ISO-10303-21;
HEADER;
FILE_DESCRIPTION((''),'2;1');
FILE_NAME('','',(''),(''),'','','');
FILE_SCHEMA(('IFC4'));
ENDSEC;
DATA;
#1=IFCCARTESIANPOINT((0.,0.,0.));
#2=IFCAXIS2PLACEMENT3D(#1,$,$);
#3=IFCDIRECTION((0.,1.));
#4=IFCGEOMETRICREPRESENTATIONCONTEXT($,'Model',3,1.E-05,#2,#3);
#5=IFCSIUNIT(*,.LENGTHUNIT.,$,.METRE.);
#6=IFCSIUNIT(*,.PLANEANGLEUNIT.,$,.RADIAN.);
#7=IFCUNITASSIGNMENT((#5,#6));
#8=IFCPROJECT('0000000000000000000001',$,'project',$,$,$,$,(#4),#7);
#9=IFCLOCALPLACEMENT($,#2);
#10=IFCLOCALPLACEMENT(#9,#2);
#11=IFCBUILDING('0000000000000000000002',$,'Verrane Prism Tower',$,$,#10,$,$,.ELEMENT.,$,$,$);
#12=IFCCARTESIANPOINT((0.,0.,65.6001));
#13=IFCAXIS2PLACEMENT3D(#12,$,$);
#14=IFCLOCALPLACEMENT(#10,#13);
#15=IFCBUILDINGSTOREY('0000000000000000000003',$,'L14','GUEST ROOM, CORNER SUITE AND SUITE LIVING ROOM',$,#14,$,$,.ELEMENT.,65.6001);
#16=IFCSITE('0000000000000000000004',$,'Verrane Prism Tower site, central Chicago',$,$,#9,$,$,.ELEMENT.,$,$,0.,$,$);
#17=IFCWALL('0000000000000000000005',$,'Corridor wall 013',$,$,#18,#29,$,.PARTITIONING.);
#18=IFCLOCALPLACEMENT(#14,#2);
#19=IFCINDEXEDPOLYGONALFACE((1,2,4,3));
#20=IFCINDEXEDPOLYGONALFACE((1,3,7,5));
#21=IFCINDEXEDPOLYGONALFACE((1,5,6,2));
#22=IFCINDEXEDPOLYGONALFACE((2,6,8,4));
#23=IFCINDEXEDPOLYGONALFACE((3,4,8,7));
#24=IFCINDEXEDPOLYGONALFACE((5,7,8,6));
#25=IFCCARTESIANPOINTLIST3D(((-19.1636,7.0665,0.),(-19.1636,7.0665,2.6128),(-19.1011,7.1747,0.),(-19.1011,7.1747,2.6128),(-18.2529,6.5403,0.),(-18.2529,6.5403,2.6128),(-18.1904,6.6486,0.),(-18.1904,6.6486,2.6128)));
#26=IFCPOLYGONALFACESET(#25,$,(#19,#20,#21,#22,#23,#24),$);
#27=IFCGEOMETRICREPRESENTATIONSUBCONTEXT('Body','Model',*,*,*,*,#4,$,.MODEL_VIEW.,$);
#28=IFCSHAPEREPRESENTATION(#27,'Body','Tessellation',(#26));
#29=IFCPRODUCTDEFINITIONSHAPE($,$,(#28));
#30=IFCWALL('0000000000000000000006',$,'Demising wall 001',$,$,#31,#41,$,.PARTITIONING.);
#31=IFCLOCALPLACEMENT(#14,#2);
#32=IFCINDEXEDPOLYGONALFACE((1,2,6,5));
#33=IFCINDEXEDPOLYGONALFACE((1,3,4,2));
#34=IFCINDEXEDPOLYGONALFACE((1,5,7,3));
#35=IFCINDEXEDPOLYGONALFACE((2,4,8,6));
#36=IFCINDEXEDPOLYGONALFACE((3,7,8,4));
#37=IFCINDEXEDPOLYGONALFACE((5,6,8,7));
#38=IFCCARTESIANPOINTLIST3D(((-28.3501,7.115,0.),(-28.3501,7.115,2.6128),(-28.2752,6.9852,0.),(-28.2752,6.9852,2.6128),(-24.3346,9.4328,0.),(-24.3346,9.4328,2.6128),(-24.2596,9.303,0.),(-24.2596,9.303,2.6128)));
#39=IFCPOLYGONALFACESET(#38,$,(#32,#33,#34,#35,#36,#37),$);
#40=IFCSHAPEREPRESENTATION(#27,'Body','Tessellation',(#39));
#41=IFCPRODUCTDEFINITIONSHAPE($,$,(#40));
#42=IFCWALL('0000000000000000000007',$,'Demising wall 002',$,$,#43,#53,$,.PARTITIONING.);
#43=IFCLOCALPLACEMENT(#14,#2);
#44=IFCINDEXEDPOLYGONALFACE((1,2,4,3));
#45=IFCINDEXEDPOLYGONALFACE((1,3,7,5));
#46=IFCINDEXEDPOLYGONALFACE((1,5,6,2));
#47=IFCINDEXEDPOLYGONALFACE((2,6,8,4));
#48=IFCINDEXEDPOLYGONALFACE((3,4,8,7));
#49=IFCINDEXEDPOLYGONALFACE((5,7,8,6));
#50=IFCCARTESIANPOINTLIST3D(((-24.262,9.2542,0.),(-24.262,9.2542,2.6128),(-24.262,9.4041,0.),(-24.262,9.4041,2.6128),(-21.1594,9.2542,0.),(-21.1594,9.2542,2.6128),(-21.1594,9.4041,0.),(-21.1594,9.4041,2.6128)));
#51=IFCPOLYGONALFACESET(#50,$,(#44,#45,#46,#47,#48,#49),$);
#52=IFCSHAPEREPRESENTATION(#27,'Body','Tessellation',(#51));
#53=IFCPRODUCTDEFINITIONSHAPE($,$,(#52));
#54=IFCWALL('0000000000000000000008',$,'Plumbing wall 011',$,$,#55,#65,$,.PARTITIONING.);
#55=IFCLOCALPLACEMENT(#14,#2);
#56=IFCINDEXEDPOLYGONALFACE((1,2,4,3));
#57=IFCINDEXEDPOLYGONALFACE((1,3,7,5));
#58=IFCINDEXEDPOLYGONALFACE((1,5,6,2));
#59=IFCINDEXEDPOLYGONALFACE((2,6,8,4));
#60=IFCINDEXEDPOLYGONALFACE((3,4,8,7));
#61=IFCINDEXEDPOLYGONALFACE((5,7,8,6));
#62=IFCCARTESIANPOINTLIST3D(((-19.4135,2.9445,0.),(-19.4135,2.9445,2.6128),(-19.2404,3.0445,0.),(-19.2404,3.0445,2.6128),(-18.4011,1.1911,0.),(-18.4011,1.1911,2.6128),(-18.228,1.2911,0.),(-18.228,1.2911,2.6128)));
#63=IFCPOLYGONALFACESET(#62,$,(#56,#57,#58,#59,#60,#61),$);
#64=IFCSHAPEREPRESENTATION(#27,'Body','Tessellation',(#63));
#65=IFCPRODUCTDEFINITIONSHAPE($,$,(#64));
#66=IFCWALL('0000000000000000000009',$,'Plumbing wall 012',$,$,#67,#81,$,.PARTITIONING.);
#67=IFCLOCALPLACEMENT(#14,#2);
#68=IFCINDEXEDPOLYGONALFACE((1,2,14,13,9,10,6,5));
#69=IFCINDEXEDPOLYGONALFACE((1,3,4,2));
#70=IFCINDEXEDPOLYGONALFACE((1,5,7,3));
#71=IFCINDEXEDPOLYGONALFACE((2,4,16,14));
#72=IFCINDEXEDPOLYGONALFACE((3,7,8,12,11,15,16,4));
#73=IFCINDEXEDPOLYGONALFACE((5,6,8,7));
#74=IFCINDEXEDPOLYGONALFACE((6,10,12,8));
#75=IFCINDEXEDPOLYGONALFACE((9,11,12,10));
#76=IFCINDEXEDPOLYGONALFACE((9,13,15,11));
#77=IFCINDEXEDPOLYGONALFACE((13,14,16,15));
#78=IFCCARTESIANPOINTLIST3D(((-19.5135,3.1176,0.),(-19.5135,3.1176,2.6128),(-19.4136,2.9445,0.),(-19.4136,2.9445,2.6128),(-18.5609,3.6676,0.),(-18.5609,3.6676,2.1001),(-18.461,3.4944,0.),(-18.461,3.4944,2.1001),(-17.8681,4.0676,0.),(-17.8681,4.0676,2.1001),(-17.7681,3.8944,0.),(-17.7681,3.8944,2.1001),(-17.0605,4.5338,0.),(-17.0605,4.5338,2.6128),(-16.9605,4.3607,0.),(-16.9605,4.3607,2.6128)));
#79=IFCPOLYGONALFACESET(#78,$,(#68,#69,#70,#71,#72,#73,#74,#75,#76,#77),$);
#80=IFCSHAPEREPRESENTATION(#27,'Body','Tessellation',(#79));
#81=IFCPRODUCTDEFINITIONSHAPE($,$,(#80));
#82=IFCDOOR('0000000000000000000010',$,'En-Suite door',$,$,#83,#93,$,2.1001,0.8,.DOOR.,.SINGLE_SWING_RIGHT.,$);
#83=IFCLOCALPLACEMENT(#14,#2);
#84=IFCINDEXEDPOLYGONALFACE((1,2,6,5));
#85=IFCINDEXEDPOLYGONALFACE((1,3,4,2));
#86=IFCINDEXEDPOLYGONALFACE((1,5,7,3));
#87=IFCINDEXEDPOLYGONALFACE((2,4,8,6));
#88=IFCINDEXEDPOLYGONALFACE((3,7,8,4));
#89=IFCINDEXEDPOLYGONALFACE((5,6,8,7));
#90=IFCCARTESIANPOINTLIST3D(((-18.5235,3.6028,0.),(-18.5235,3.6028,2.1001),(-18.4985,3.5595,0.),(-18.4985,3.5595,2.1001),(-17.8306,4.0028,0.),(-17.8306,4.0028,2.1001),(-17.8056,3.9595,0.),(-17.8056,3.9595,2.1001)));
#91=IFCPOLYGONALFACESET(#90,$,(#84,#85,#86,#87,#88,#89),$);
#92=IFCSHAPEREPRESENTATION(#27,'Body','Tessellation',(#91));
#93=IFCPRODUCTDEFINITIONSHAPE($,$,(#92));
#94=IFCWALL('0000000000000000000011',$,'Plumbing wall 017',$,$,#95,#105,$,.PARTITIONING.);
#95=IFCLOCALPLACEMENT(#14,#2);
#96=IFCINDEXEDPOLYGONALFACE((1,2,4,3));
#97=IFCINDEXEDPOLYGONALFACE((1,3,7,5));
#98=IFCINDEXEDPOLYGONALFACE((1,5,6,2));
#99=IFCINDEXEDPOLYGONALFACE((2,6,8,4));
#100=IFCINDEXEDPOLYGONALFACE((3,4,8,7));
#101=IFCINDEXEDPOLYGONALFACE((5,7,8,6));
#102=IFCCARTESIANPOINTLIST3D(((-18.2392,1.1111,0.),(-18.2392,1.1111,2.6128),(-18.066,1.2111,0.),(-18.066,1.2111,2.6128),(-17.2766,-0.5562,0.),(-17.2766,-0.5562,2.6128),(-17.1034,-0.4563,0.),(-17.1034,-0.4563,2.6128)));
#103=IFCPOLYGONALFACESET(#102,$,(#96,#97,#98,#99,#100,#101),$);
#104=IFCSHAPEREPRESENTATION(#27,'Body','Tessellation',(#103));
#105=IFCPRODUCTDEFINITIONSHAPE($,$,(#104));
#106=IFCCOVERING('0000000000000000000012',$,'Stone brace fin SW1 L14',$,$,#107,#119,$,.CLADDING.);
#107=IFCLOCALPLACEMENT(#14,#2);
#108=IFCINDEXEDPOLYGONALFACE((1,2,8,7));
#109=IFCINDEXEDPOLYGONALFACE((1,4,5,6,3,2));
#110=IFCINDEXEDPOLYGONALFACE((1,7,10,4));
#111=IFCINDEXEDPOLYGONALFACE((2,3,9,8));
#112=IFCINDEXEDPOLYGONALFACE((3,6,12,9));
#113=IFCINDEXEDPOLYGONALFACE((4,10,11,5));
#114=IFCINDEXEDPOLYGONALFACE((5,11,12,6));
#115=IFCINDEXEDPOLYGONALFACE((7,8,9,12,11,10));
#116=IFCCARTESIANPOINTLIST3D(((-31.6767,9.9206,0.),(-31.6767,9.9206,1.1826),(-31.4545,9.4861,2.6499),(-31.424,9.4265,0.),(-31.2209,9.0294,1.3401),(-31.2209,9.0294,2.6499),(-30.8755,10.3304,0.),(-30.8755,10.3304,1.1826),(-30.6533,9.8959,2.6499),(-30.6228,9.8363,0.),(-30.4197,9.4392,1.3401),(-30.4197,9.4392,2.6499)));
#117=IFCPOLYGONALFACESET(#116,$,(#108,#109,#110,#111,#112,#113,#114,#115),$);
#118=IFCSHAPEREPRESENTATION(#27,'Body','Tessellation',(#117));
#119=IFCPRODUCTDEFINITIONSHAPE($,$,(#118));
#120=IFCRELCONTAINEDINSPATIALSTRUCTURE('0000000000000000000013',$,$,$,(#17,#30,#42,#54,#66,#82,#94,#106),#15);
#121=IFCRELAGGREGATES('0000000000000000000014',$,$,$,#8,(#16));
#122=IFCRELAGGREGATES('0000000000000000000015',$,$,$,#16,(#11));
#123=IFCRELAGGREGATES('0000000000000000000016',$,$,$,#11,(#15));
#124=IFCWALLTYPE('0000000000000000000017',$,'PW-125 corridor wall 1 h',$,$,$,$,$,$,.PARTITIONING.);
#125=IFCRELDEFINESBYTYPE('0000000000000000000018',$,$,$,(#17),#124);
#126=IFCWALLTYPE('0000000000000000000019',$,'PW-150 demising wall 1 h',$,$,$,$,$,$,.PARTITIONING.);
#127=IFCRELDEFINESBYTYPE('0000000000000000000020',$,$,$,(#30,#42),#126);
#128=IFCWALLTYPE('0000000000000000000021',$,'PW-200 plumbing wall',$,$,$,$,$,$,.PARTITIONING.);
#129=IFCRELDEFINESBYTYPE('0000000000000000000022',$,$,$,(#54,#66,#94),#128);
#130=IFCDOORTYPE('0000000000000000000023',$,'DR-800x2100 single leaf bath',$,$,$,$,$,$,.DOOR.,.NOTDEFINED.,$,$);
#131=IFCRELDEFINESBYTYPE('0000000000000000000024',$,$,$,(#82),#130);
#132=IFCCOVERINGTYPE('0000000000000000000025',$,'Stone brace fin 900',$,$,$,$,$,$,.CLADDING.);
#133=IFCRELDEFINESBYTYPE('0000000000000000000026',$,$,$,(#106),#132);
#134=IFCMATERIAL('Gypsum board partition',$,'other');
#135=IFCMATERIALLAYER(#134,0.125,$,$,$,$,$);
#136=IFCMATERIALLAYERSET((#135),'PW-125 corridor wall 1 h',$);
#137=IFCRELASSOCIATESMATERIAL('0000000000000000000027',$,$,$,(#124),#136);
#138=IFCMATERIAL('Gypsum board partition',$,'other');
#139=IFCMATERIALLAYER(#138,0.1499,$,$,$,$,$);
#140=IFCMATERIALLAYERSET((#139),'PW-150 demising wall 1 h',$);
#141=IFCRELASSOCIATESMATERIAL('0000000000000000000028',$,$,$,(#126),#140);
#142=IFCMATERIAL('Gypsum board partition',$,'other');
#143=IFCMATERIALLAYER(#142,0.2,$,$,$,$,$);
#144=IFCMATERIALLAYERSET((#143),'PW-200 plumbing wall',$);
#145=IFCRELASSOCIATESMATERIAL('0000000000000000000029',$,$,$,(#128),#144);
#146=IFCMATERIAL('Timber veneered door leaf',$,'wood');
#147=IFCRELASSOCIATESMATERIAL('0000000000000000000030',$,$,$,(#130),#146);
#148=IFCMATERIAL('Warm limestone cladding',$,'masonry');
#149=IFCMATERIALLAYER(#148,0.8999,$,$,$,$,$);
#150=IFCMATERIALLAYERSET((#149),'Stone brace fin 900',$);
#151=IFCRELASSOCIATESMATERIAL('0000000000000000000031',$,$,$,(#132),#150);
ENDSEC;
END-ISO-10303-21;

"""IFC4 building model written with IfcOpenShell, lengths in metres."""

from ifc_helpers import new_model, si_unit, direction, frame, frame_2d, origin, place, context, subcontext, project, spatial, polyline, rectangle, outline, extrude, material, layer, layer_set, type_object, element, fill, save


model = new_model("IFC4")

# Units and contexts
model_context = context("Model", 3, precision=1e-05, world=origin(), true_north=direction((0.0, 1.0)))
body_context = subcontext(model_context, "Body", "Model", "MODEL_VIEW")
ifc_project = project(units=[si_unit("LENGTHUNIT", "METRE"), si_unit("PLANEANGLEUNIT", "RADIAN")], contexts=[model_context])

# Site, building, storey
site_placement = place(None, origin())
site = spatial("IfcSite", under=ifc_project, at=site_placement, Name="Verrane Prism Tower site, central Chicago", CompositionType="ELEMENT", RefElevation=0.0)
building_placement = place(site_placement, origin())
building = spatial("IfcBuilding", under=site, at=building_placement, Name="Verrane Prism Tower", CompositionType="ELEMENT")
storey_placement = place(building_placement, frame((0.0, 0.0, 65.6001)))
storey = spatial("IfcBuildingStorey", under=building, at=storey_placement, Name="L14", Description="GUEST ROOM, CORNER SUITE AND SUITE LIVING ROOM", CompositionType="ELEMENT", Elevation=65.6001)

# Walls
ifc_material_1 = material(Name="Gypsum board partition", Category="other")
ifc_layer_1 = layer(ifc_material_1, 0.125)
ifc_layer_set_1 = layer_set([ifc_layer_1], Name="PW-125 corridor wall 1 h")
wall_type_1 = type_object("IfcWallType", Name="PW-125 corridor wall 1 h", PredefinedType="PARTITIONING", material=ifc_layer_set_1)
wall_1_placement = place(storey_placement, frame((-19.1323, 7.1206, 0.0), z_axis=(0.0, 0.0, 1.0), x_axis=(0.865876, -0.500258, 0.0)))
element("IfcWall", 1, at=wall_1_placement, inside=storey, type_object=wall_type_1, Name="Corridor wall 013", PredefinedType="PARTITIONING", context=body_context, shape_type="SweptSolid", body=[
    extrude(rectangle(XDim=1.0518, YDim=0.125, at=frame_2d((0.5259, 0.0))), origin(), (0.0, 0.0, 1.0), 2.6128),
])
ifc_material_2 = material(Name="Gypsum board partition", Category="other")
ifc_layer_2 = layer(ifc_material_2, 0.1499)
ifc_layer_set_2 = layer_set([ifc_layer_2], Name="PW-150 demising wall 1 h")
wall_type_2 = type_object("IfcWallType", Name="PW-150 demising wall 1 h", PredefinedType="PARTITIONING", material=ifc_layer_set_2)
wall_2_placement = place(storey_placement, frame((-28.3127, 7.05, 0.0), z_axis=(0.0, 0.0, 1.0), x_axis=(0.866077, 0.499911, 0.0)))
element("IfcWall", 2, at=wall_2_placement, inside=storey, type_object=wall_type_2, Name="Demising wall 001", PredefinedType="PARTITIONING", context=body_context, shape_type="SweptSolid", body=[
    extrude(rectangle(XDim=4.6365, YDim=0.1499, at=frame_2d((2.3184, 0.0))), origin(), (0.0, 0.0, 1.0), 2.6128),
])
wall_3_placement = place(storey_placement, frame((-24.262, 9.3291, 0.0), z_axis=(0.0, 0.0, 1.0), x_axis=(1.0, 0.0, 0.0)))
element("IfcWall", 3, at=wall_3_placement, inside=storey, type_object=wall_type_2, Name="Demising wall 002", PredefinedType="PARTITIONING", context=body_context, shape_type="SweptSolid", body=[
    extrude(rectangle(XDim=3.1025, YDim=0.1499, at=frame_2d((1.5513, 0.0))), origin(), (0.0, 0.0, 1.0), 2.6128),
])
ifc_material_3 = material(Name="Gypsum board partition", Category="other")
ifc_layer_3 = layer(ifc_material_3, 0.2)
ifc_layer_set_3 = layer_set([ifc_layer_3], Name="PW-200 plumbing wall")
wall_type_3 = type_object("IfcWallType", Name="PW-200 plumbing wall", PredefinedType="PARTITIONING", material=ifc_layer_set_3)
wall_4_placement = place(storey_placement, frame((-19.3269, 2.9944, 0.0), z_axis=(0.0, 0.0, 1.0), x_axis=(0.500043, -0.866001, 0.0)))
element("IfcWall", 4, at=wall_4_placement, inside=storey, type_object=wall_type_3, Name="Plumbing wall 011", PredefinedType="PARTITIONING", context=body_context, shape_type="SweptSolid", body=[
    extrude(rectangle(XDim=2.0247, YDim=0.2, at=frame_2d((1.0122, 0.0))), origin(), (0.0, 0.0, 1.0), 2.6128),
])

# Wall, opening, door
wall_5_placement = place(storey_placement, frame((-17.0105, 4.4473, 0.0), z_axis=(0.0, 0.0, 1.0), x_axis=(-0.866033, -0.499986, 0.0)))
wall_5 = element("IfcWall", 5, at=wall_5_placement, inside=storey, type_object=wall_type_3, Name="Plumbing wall 012", PredefinedType="PARTITIONING", context=body_context, shape_type="SweptSolid", body=[
    extrude(rectangle(XDim=2.8325, YDim=0.2, at=frame_2d((1.4163, 0.0))), origin(), (0.0, 0.0, 1.0), 2.6128),
])
opening_1_placement = place(wall_5_placement, frame((0.9326, 0.0, 0.0)))
opening_1 = element("IfcOpeningElement", 6, at=opening_1_placement, cuts=wall_5, PredefinedType="OPENING", context=body_context, shape_type="SweptSolid", body=[
    extrude(rectangle(XDim=0.8, YDim=2.1001, at=frame_2d((0.3999, 1.05))), frame((0.0, 0.1099, 0.0), z_axis=(0.0, -1.0, 0.0), x_axis=(1.0, 0.0, 0.0)), (0.0, 0.0, 1.0), 0.22),
])
ifc_material_4 = material(Name="Timber veneered door leaf", Category="wood")
door_type_1 = type_object("IfcDoorType", Name="DR-800x2100 single leaf bath", OperationType="NOTDEFINED", PredefinedType="DOOR", material=ifc_material_4)
door_1_placement = place(opening_1_placement, origin())
door_1 = element("IfcDoor", 7, at=door_1_placement, inside=storey, type_object=door_type_1, Name="En-Suite door", OperationType="SINGLE_SWING_RIGHT", OverallHeight=2.1001, OverallWidth=0.8, PredefinedType="DOOR", context=body_context, shape_type="SweptSolid", body=[
    extrude(rectangle(XDim=0.8, YDim=2.1001, at=frame_2d((0.3999, 1.05))), frame((0.0, 0.0249, 0.0), z_axis=(0.0, -1.0, 0.0), x_axis=(1.0, 0.0, 0.0)), (0.0, 0.0, 1.0), 0.05),
])
fill(opening_1, door_1)

# Wall
wall_6_placement = place(storey_placement, frame((-18.1526, 1.1611, 0.0), z_axis=(0.0, 0.0, 1.0), x_axis=(0.499971, -0.866042, 0.0)))
element("IfcWall", 8, at=wall_6_placement, inside=storey, type_object=wall_type_3, Name="Plumbing wall 017", PredefinedType="PARTITIONING", context=body_context, shape_type="SweptSolid", body=[
    extrude(rectangle(XDim=1.9253, YDim=0.2, at=frame_2d((0.9626, 0.0))), origin(), (0.0, 0.0, 1.0), 2.6128),
])

# Covering
ifc_material_5 = material(Name="Warm limestone cladding", Category="masonry")
ifc_layer_4 = layer(ifc_material_5, 0.8999)
ifc_layer_set_4 = layer_set([ifc_layer_4], Name="Stone brace fin 900")
covering_type = type_object("IfcCoveringType", Name="Stone brace fin 900", PredefinedType="CLADDING", material=ifc_layer_set_4)
covering_placement = place(storey_placement, frame((-31.2761, 10.1255, 0.0), z_axis=(0.0, 0.0, 1.0), x_axis=(0.45539, -0.890292, 0.0)))
element("IfcCovering", 9, at=covering_placement, inside=storey, type_object=covering_type, Name="Stone brace fin SW1 L14", PredefinedType="CLADDING", context=body_context, shape_type="SweptSolid", body=[
    extrude(outline(polyline([(1.001, 2.6499), (0.488, 2.6499), (0.0, 1.1826), (0.0, 0.0), (0.5549, 0.0), (1.001, 1.3401), (1.001, 2.6499)])), frame((0.0, 0.45, 0.0), z_axis=(0.0, -1.0, 0.0), x_axis=(1.0, 0.0, 0.0)), (0.0, 0.0, 1.0), 0.8999),
])

save(model, "model.ifc")
